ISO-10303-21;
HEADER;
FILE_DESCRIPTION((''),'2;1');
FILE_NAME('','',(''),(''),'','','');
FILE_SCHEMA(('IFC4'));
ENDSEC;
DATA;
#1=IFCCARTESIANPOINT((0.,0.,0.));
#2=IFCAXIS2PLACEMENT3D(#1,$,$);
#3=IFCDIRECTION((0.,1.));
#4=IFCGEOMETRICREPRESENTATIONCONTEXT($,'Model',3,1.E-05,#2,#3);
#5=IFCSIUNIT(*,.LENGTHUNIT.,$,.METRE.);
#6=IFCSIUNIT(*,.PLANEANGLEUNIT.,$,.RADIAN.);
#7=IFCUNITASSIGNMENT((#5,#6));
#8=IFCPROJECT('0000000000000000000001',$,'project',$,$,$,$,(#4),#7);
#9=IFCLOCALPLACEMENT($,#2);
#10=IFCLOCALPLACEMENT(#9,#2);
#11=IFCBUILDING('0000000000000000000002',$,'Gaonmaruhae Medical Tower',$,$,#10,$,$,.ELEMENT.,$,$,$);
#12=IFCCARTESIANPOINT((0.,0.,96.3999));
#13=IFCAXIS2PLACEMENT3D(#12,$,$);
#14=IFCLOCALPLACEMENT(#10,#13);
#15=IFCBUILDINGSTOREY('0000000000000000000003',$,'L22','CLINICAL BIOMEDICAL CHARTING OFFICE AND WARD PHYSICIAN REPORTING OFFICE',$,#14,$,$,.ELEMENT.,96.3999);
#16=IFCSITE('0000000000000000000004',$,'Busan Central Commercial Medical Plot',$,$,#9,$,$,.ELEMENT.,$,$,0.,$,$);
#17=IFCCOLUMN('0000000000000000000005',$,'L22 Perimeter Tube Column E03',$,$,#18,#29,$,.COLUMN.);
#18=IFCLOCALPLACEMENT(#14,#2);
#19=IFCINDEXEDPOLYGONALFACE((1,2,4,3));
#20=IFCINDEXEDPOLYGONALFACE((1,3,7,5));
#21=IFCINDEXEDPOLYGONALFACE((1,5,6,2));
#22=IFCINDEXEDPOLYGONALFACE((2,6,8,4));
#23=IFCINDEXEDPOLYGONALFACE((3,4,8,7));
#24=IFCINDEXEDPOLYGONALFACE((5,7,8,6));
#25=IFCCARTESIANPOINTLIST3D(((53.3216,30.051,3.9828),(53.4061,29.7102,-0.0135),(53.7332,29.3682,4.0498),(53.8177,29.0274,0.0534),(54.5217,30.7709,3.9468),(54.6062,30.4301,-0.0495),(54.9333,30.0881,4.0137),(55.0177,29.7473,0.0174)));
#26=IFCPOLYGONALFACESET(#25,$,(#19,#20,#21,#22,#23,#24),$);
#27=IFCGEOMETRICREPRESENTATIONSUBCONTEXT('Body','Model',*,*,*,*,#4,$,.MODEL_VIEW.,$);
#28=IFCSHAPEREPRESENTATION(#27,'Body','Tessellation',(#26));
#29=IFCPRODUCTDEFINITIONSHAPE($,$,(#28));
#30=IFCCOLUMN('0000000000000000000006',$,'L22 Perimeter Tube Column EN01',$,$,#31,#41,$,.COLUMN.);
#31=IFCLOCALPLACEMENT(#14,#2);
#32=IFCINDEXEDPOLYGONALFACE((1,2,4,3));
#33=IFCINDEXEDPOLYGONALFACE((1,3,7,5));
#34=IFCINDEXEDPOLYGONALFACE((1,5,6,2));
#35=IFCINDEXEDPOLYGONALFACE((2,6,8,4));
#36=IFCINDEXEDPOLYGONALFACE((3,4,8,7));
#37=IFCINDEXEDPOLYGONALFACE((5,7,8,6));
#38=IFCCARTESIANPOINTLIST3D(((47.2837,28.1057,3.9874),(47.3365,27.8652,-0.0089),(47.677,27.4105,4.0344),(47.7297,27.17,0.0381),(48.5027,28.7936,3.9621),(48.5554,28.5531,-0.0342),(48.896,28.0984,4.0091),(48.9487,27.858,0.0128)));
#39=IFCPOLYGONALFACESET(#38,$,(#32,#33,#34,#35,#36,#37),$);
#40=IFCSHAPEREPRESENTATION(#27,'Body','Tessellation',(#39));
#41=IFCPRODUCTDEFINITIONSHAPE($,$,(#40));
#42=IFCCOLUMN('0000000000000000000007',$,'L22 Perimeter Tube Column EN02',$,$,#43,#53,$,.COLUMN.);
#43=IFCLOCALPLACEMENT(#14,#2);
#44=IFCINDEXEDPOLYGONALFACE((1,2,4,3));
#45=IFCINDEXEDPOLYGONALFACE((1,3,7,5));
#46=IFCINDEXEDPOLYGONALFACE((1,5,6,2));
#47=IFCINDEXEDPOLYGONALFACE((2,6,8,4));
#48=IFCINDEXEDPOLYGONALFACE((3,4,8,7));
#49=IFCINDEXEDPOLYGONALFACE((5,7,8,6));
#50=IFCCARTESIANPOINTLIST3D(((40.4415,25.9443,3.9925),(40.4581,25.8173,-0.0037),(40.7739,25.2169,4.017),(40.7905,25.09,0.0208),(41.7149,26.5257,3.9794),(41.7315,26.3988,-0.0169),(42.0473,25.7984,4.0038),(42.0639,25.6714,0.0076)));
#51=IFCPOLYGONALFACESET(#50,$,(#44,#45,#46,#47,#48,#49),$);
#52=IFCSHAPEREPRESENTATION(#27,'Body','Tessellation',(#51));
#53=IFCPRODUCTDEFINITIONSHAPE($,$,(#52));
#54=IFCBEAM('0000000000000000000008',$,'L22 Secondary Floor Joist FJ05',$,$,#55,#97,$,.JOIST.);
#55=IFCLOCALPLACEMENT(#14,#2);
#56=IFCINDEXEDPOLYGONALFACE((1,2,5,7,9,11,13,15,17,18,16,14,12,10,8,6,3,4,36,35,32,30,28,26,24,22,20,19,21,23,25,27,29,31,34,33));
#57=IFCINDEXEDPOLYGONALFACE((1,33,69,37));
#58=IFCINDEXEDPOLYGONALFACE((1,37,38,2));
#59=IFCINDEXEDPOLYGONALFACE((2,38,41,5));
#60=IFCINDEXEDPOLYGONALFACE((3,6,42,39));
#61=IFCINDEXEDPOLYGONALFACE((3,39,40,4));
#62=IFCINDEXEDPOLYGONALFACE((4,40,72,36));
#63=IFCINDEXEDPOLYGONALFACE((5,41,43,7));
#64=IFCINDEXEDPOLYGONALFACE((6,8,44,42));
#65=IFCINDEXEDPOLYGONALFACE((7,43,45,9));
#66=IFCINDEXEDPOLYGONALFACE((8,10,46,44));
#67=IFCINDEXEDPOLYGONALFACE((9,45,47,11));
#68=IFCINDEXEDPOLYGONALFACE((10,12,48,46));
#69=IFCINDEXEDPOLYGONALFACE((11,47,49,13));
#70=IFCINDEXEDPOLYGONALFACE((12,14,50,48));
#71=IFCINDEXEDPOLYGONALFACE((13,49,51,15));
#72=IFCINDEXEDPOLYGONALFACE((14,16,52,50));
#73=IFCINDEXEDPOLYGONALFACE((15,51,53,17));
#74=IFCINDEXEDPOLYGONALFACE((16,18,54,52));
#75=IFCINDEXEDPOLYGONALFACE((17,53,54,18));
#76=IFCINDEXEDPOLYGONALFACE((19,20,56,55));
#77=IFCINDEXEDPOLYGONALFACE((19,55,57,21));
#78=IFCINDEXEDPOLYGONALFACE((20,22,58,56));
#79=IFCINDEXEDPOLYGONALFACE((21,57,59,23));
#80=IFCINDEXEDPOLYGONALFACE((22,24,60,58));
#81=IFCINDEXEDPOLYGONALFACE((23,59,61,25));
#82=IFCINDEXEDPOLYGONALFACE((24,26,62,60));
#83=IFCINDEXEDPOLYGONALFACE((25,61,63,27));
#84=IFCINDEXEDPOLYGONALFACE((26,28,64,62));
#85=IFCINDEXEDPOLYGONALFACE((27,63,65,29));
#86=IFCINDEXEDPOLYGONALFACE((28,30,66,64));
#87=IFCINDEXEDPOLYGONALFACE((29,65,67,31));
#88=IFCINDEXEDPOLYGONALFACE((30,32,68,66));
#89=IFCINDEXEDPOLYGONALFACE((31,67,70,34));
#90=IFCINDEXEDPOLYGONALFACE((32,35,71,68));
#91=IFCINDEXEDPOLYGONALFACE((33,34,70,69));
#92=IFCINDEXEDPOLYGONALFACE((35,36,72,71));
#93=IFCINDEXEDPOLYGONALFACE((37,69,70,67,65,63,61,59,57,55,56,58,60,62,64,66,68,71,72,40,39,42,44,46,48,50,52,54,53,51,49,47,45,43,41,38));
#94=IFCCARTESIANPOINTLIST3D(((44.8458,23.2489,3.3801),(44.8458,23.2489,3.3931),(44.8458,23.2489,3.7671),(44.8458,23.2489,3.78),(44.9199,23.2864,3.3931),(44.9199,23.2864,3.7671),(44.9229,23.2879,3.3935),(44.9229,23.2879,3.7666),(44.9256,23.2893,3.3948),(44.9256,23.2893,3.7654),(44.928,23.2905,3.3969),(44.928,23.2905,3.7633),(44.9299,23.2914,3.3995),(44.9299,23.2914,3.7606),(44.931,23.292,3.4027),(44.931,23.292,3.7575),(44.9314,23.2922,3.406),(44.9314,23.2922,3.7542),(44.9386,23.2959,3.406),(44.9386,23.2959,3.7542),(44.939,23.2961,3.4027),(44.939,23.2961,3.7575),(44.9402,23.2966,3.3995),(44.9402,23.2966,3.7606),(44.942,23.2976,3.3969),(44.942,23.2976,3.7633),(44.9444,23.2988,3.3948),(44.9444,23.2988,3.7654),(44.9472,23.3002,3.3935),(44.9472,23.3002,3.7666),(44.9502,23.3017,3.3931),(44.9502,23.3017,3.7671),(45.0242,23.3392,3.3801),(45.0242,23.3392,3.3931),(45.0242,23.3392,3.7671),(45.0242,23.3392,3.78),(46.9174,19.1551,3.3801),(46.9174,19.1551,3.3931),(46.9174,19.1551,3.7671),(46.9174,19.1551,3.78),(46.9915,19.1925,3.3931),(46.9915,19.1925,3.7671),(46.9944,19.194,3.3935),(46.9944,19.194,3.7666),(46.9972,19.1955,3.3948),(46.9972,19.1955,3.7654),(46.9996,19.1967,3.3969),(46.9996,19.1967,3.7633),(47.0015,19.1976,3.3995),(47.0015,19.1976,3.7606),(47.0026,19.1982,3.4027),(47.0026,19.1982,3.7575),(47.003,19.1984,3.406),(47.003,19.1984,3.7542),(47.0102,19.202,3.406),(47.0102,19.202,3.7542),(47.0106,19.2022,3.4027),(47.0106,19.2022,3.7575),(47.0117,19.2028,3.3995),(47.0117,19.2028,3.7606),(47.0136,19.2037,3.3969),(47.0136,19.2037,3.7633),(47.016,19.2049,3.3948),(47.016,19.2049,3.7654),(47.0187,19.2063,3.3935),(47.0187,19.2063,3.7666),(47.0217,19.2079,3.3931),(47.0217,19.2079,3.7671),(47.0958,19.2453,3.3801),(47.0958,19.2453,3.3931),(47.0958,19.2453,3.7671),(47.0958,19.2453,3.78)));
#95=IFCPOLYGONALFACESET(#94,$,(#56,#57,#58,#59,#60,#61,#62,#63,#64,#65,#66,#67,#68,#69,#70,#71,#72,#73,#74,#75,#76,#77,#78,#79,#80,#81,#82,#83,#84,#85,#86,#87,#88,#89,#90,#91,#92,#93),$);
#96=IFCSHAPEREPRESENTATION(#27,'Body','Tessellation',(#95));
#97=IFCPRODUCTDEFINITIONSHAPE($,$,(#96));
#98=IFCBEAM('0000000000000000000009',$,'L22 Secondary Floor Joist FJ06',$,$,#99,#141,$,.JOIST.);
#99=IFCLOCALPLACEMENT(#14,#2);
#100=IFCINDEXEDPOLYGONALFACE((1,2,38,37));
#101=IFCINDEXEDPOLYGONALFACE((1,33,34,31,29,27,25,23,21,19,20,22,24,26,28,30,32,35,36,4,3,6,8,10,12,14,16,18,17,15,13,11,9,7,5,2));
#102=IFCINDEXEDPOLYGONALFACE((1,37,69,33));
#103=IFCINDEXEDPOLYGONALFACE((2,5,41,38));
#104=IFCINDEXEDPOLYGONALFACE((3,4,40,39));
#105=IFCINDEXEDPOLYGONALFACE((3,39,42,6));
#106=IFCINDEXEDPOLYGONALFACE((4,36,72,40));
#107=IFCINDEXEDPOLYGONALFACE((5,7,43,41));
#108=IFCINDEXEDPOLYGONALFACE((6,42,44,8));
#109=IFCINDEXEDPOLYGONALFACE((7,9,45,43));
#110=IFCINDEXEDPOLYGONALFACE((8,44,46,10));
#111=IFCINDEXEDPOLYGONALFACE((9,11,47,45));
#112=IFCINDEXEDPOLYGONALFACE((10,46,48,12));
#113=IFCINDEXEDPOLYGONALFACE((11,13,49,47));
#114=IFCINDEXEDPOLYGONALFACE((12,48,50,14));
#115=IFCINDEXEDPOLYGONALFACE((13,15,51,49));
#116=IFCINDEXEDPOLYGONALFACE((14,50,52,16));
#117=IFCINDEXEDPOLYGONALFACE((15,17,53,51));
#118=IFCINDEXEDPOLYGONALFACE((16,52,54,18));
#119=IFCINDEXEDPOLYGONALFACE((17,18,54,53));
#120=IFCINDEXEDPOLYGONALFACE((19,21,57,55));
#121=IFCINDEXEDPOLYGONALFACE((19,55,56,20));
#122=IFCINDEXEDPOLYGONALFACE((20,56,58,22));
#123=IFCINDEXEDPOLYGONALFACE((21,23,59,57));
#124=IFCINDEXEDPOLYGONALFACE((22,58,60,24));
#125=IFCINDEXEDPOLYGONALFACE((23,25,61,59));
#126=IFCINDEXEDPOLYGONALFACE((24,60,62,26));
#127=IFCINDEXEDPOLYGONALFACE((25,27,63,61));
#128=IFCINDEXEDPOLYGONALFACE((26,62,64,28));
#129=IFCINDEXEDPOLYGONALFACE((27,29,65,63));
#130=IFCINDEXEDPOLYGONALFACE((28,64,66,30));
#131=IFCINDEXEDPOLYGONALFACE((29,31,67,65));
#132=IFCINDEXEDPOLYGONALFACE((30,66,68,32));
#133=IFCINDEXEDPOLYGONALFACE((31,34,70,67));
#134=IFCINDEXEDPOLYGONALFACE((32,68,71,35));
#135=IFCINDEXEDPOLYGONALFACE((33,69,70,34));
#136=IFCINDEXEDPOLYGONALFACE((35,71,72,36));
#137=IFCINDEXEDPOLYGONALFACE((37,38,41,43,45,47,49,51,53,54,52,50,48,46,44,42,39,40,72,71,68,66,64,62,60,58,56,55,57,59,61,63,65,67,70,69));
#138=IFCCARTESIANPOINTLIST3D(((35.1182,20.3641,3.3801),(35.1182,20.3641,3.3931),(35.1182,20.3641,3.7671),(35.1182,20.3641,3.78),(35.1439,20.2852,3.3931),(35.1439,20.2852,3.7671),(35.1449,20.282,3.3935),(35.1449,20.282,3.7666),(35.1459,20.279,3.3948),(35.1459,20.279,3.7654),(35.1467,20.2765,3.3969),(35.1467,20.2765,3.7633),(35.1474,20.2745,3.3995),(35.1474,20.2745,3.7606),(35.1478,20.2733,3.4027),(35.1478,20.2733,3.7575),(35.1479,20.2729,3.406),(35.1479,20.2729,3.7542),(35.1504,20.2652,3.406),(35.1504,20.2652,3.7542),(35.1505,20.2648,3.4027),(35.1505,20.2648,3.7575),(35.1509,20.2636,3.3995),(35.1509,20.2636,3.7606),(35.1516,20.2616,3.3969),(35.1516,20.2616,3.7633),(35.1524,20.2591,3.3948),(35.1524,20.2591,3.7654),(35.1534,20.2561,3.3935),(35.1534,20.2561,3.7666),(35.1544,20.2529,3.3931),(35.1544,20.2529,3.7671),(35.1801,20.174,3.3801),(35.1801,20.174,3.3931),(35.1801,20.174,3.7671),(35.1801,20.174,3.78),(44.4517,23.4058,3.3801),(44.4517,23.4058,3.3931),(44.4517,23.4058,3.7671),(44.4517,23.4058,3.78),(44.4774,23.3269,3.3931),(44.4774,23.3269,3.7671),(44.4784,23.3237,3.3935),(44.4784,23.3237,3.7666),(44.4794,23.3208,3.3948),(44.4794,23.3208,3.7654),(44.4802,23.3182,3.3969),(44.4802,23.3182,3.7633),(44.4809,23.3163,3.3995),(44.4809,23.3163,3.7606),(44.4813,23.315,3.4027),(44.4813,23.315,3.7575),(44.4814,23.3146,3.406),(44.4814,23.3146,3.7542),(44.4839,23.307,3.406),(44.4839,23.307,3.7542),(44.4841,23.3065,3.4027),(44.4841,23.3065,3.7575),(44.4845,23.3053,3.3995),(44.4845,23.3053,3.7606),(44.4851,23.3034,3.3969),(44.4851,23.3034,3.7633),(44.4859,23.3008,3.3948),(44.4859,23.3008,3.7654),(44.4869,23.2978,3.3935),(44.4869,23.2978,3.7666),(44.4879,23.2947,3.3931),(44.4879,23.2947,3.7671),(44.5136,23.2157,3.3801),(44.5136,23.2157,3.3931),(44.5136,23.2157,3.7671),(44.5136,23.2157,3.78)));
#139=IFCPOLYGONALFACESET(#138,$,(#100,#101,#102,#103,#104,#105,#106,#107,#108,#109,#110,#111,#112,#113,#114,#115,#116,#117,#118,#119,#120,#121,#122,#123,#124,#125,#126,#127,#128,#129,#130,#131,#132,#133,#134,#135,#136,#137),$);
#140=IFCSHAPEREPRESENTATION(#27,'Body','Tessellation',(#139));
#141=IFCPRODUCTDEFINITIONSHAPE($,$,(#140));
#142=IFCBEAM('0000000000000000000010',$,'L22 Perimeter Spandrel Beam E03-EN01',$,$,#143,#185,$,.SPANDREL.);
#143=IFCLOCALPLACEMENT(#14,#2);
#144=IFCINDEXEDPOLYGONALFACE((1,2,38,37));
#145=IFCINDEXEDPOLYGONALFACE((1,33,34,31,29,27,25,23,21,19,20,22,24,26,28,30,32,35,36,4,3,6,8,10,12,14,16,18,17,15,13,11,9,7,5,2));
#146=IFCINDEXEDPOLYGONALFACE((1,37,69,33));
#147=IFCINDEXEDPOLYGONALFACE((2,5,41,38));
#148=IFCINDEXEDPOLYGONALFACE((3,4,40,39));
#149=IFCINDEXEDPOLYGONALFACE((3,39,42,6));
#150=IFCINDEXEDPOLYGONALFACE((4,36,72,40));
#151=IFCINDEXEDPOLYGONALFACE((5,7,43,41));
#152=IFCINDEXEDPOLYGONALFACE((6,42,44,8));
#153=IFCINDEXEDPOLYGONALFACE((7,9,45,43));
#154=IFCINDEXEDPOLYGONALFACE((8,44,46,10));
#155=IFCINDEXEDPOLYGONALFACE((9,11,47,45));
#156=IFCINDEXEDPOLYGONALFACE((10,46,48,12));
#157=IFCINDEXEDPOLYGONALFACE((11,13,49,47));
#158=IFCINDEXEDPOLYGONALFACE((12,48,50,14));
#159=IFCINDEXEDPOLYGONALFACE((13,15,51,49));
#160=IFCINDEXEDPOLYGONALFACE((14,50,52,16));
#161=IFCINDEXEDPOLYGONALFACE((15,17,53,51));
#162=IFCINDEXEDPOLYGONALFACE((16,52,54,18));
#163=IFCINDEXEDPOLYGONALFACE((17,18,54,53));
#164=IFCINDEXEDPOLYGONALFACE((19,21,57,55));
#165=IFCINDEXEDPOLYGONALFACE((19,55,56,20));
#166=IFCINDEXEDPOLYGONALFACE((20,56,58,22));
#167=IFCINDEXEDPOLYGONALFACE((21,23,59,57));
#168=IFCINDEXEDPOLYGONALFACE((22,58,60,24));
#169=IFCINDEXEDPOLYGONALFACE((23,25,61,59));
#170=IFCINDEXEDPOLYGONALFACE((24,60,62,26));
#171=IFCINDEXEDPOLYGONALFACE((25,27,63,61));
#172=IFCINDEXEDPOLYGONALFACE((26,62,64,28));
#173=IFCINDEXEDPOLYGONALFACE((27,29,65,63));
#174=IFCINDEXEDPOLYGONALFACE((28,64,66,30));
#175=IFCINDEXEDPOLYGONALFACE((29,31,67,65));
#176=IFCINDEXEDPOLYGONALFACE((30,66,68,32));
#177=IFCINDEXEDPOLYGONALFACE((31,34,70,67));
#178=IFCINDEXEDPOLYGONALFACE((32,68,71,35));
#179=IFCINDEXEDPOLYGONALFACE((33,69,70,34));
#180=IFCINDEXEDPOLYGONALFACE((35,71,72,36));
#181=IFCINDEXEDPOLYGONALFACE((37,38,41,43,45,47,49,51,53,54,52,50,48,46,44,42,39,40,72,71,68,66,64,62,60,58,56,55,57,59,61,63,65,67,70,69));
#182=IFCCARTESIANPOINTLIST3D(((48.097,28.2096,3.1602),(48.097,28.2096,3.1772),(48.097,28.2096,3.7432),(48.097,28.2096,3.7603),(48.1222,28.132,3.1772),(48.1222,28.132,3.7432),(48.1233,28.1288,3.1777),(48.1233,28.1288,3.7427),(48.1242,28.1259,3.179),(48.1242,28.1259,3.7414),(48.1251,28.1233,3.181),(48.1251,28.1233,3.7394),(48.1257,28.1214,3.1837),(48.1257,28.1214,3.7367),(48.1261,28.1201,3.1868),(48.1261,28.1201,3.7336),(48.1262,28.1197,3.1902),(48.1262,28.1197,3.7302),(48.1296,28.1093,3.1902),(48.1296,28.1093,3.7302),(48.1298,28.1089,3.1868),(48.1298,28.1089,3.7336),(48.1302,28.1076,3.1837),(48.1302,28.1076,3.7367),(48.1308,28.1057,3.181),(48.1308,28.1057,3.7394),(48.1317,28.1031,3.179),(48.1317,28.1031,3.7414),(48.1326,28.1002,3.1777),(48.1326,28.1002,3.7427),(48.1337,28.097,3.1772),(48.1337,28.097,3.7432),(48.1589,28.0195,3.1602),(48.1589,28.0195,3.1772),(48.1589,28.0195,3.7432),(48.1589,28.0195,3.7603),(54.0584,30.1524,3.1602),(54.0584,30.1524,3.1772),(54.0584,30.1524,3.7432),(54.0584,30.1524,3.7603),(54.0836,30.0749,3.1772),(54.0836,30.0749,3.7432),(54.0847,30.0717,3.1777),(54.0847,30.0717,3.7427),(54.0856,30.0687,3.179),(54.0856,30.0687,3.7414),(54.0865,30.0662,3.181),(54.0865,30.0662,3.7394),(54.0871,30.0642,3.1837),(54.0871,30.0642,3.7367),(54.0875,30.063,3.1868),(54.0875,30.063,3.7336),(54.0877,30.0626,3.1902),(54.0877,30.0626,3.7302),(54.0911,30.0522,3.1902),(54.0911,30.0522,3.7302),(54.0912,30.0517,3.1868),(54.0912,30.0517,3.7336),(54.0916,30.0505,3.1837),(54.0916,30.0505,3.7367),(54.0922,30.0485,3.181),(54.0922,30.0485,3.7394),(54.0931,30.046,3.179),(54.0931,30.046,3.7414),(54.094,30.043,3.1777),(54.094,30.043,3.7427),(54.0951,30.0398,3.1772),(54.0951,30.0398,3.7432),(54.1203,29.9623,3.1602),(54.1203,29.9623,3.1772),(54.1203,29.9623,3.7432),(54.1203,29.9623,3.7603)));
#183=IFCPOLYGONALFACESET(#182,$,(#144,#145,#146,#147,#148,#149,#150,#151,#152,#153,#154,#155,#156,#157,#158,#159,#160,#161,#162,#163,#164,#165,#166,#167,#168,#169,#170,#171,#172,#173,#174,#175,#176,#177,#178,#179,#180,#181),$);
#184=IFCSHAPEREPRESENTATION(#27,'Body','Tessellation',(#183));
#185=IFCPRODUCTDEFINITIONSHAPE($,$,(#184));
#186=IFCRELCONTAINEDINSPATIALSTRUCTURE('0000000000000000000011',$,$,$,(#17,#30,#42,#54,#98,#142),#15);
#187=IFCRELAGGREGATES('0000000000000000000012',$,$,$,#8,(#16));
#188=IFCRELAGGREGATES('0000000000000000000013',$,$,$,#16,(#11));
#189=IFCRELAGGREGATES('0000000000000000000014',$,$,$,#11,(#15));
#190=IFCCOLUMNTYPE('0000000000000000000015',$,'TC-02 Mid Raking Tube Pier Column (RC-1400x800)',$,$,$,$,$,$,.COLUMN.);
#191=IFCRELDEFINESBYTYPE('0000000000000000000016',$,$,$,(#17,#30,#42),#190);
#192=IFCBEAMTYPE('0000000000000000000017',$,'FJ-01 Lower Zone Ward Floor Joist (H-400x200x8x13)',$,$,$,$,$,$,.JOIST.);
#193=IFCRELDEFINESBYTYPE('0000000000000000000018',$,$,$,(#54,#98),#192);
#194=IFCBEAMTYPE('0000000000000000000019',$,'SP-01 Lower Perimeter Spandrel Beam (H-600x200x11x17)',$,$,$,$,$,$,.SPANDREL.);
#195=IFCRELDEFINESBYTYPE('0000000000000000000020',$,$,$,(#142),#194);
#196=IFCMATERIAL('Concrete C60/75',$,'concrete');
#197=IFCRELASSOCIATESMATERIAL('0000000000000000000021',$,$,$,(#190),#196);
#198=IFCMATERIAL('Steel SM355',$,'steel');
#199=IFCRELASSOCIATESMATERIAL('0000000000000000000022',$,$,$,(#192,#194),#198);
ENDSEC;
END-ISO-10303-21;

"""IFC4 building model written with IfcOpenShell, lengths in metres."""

from ifc_helpers import new_model, si_unit, direction, frame, origin, origin_2d, place, context, subcontext, project, spatial, rectangle, i_section, extrude, material, material_profile, profile_set, type_object, element, save


model = new_model("IFC4")

# Units and contexts
model_context = context("Model", 3, precision=1e-05, world=origin(), true_north=direction((0.0, 1.0)))
body_context = subcontext(model_context, "Body", "Model", "MODEL_VIEW")
ifc_project = project(units=[si_unit("LENGTHUNIT", "METRE"), si_unit("PLANEANGLEUNIT", "RADIAN")], contexts=[model_context])

# Site, building, storey
site_placement = place(None, origin())
site = spatial("IfcSite", under=ifc_project, at=site_placement, Name="Busan Central Commercial Medical Plot", CompositionType="ELEMENT", RefElevation=0.0)
building_placement = place(site_placement, origin())
building = spatial("IfcBuilding", under=site, at=building_placement, Name="Gaonmaruhae Medical Tower", CompositionType="ELEMENT")
storey_placement = place(building_placement, frame((0.0, 0.0, 96.3999)))
storey = spatial("IfcBuildingStorey", under=building, at=storey_placement, Name="L22", Description="CLINICAL BIOMEDICAL CHARTING OFFICE AND WARD PHYSICIAN REPORTING OFFICE", CompositionType="ELEMENT", Elevation=96.3999)

# Columns
ifc_material_1 = material(Name="Concrete C60/75", Category="concrete")
ifc_material_profile_1 = material_profile(ifc_material_1, rectangle(XDim=1.3999, YDim=0.8, at=origin_2d()), Name="RC-1400x800")
ifc_profile_set_1 = profile_set([ifc_material_profile_1], Name="Concrete C60/75")
column_type = type_object("IfcColumnType", Name="TC-02 Mid Raking Tube Pier Column (RC-1400x800)", PredefinedType="COLUMN", material=ifc_profile_set_1)
column_1_placement = place(storey_placement, frame((54.2119, 29.7288, 0.002), z_axis=(-0.021056, 0.084956, 0.996162), x_axis=(-0.857256, -0.514246, 0.025736)))
element("IfcColumn", 1, at=column_1_placement, inside=storey, type_object=column_type, Name="L22 Perimeter Tube Column E03", PredefinedType="COLUMN", context=body_context, shape_type="SweptSolid", body=[
    extrude(rectangle(XDim=1.3999, YDim=0.8, at=origin_2d()), origin(), (0.0, 0.0, 1.0), 4.0117),
])
column_2_placement = place(storey_placement, frame((48.1426, 27.8616, 0.002), z_axis=(-0.013171, 0.060061, 0.998108), x_axis=(-0.870745, -0.491403, 0.01808)))
element("IfcColumn", 2, at=column_2_placement, inside=storey, type_object=column_type, Name="L22 Perimeter Tube Column EN01", PredefinedType="COLUMN", context=body_context, shape_type="SweptSolid", body=[
    extrude(rectangle(XDim=1.3999, YDim=0.8, at=origin_2d()), origin(), (0.0, 0.0, 1.0), 4.0039),
])
column_3_placement = place(storey_placement, frame((41.261, 25.7444, 0.002), z_axis=(-0.004152, 0.031751, 0.999487), x_axis=(-0.909617, -0.415342, 0.009416)))
element("IfcColumn", 3, at=column_3_placement, inside=storey, type_object=column_type, Name="L22 Perimeter Tube Column EN02", PredefinedType="COLUMN", context=body_context, shape_type="SweptSolid", body=[
    extrude(rectangle(XDim=1.3999, YDim=0.8, at=origin_2d()), origin(), (0.0, 0.0, 1.0), 3.9983),
])

# Beams
ifc_material_2 = material(Name="Steel SM355", Category="steel")
ifc_material_profile_2 = material_profile(ifc_material_2, i_section(OverallWidth=0.2, OverallDepth=0.3999, WebThickness=0.0081, FlangeThickness=0.0129, FilletRadius=0.0129, at=origin_2d()), Name="H-400x200x8x13")
ifc_profile_set_2 = profile_set([ifc_material_profile_2], Name="Steel SM355")
beam_type_1 = type_object("IfcBeamType", Name="FJ-01 Lower Zone Ward Floor Joist (H-400x200x8x13)", PredefinedType="JOIST", material=ifc_profile_set_2)
beam_1_placement = place(storey_placement, frame((47.0066, 19.2002, 3.5801), z_axis=(-0.451508, 0.892267, 0.0), x_axis=(-0.892267, -0.451508, 0.0)))
element("IfcBeam", 4, at=beam_1_placement, inside=storey, type_object=beam_type_1, Name="L22 Secondary Floor Joist FJ05", PredefinedType="JOIST", context=body_context, shape_type="SweptSolid", body=[
    extrude(i_section(OverallWidth=0.2, OverallDepth=0.3999, WebThickness=0.0081, FlangeThickness=0.0129, FilletRadius=0.0129, at=origin_2d()), origin(), (0.0, 0.0, 1.0), 4.5881),
])
beam_2_placement = place(storey_placement, frame((44.4827, 23.3108, 3.5801), z_axis=(-0.950783, -0.309856, 0.0), x_axis=(0.309856, -0.950783, 0.0)))
element("IfcBeam", 5, at=beam_2_placement, inside=storey, type_object=beam_type_1, Name="L22 Secondary Floor Joist FJ06", PredefinedType="JOIST", context=body_context, shape_type="SweptSolid", body=[
    extrude(i_section(OverallWidth=0.2, OverallDepth=0.3999, WebThickness=0.0081, FlangeThickness=0.0129, FilletRadius=0.0129, at=origin_2d()), origin(), (0.0, 0.0, 1.0), 9.8167),
])
ifc_material_profile_3 = material_profile(ifc_material_2, i_section(OverallWidth=0.2, OverallDepth=0.6001, WebThickness=0.011, FlangeThickness=0.0171, FilletRadius=0.0129, at=origin_2d()), Name="H-600x200x11x17")
ifc_profile_set_3 = profile_set([ifc_material_profile_3], Name="Steel SM355")
beam_type_2 = type_object("IfcBeamType", Name="SP-01 Lower Perimeter Spandrel Beam (H-600x200x11x17)", PredefinedType="SPANDREL", material=ifc_profile_set_3)
beam_3_placement = place(storey_placement, frame((54.0894, 30.0574, 3.4602), z_axis=(-0.95078, -0.309866, 0.0), x_axis=(0.309866, -0.95078, 0.0)))
element("IfcBeam", 6, at=beam_3_placement, inside=storey, type_object=beam_type_2, Name="L22 Perimeter Spandrel Beam E03-EN01", PredefinedType="SPANDREL", context=body_context, shape_type="SweptSolid", body=[
    extrude(i_section(OverallWidth=0.2, OverallDepth=0.6001, WebThickness=0.011, FlangeThickness=0.0171, FilletRadius=0.0129, at=origin_2d()), origin(), (0.0, 0.0, 1.0), 6.27),
])

save(model, "model.ifc")
